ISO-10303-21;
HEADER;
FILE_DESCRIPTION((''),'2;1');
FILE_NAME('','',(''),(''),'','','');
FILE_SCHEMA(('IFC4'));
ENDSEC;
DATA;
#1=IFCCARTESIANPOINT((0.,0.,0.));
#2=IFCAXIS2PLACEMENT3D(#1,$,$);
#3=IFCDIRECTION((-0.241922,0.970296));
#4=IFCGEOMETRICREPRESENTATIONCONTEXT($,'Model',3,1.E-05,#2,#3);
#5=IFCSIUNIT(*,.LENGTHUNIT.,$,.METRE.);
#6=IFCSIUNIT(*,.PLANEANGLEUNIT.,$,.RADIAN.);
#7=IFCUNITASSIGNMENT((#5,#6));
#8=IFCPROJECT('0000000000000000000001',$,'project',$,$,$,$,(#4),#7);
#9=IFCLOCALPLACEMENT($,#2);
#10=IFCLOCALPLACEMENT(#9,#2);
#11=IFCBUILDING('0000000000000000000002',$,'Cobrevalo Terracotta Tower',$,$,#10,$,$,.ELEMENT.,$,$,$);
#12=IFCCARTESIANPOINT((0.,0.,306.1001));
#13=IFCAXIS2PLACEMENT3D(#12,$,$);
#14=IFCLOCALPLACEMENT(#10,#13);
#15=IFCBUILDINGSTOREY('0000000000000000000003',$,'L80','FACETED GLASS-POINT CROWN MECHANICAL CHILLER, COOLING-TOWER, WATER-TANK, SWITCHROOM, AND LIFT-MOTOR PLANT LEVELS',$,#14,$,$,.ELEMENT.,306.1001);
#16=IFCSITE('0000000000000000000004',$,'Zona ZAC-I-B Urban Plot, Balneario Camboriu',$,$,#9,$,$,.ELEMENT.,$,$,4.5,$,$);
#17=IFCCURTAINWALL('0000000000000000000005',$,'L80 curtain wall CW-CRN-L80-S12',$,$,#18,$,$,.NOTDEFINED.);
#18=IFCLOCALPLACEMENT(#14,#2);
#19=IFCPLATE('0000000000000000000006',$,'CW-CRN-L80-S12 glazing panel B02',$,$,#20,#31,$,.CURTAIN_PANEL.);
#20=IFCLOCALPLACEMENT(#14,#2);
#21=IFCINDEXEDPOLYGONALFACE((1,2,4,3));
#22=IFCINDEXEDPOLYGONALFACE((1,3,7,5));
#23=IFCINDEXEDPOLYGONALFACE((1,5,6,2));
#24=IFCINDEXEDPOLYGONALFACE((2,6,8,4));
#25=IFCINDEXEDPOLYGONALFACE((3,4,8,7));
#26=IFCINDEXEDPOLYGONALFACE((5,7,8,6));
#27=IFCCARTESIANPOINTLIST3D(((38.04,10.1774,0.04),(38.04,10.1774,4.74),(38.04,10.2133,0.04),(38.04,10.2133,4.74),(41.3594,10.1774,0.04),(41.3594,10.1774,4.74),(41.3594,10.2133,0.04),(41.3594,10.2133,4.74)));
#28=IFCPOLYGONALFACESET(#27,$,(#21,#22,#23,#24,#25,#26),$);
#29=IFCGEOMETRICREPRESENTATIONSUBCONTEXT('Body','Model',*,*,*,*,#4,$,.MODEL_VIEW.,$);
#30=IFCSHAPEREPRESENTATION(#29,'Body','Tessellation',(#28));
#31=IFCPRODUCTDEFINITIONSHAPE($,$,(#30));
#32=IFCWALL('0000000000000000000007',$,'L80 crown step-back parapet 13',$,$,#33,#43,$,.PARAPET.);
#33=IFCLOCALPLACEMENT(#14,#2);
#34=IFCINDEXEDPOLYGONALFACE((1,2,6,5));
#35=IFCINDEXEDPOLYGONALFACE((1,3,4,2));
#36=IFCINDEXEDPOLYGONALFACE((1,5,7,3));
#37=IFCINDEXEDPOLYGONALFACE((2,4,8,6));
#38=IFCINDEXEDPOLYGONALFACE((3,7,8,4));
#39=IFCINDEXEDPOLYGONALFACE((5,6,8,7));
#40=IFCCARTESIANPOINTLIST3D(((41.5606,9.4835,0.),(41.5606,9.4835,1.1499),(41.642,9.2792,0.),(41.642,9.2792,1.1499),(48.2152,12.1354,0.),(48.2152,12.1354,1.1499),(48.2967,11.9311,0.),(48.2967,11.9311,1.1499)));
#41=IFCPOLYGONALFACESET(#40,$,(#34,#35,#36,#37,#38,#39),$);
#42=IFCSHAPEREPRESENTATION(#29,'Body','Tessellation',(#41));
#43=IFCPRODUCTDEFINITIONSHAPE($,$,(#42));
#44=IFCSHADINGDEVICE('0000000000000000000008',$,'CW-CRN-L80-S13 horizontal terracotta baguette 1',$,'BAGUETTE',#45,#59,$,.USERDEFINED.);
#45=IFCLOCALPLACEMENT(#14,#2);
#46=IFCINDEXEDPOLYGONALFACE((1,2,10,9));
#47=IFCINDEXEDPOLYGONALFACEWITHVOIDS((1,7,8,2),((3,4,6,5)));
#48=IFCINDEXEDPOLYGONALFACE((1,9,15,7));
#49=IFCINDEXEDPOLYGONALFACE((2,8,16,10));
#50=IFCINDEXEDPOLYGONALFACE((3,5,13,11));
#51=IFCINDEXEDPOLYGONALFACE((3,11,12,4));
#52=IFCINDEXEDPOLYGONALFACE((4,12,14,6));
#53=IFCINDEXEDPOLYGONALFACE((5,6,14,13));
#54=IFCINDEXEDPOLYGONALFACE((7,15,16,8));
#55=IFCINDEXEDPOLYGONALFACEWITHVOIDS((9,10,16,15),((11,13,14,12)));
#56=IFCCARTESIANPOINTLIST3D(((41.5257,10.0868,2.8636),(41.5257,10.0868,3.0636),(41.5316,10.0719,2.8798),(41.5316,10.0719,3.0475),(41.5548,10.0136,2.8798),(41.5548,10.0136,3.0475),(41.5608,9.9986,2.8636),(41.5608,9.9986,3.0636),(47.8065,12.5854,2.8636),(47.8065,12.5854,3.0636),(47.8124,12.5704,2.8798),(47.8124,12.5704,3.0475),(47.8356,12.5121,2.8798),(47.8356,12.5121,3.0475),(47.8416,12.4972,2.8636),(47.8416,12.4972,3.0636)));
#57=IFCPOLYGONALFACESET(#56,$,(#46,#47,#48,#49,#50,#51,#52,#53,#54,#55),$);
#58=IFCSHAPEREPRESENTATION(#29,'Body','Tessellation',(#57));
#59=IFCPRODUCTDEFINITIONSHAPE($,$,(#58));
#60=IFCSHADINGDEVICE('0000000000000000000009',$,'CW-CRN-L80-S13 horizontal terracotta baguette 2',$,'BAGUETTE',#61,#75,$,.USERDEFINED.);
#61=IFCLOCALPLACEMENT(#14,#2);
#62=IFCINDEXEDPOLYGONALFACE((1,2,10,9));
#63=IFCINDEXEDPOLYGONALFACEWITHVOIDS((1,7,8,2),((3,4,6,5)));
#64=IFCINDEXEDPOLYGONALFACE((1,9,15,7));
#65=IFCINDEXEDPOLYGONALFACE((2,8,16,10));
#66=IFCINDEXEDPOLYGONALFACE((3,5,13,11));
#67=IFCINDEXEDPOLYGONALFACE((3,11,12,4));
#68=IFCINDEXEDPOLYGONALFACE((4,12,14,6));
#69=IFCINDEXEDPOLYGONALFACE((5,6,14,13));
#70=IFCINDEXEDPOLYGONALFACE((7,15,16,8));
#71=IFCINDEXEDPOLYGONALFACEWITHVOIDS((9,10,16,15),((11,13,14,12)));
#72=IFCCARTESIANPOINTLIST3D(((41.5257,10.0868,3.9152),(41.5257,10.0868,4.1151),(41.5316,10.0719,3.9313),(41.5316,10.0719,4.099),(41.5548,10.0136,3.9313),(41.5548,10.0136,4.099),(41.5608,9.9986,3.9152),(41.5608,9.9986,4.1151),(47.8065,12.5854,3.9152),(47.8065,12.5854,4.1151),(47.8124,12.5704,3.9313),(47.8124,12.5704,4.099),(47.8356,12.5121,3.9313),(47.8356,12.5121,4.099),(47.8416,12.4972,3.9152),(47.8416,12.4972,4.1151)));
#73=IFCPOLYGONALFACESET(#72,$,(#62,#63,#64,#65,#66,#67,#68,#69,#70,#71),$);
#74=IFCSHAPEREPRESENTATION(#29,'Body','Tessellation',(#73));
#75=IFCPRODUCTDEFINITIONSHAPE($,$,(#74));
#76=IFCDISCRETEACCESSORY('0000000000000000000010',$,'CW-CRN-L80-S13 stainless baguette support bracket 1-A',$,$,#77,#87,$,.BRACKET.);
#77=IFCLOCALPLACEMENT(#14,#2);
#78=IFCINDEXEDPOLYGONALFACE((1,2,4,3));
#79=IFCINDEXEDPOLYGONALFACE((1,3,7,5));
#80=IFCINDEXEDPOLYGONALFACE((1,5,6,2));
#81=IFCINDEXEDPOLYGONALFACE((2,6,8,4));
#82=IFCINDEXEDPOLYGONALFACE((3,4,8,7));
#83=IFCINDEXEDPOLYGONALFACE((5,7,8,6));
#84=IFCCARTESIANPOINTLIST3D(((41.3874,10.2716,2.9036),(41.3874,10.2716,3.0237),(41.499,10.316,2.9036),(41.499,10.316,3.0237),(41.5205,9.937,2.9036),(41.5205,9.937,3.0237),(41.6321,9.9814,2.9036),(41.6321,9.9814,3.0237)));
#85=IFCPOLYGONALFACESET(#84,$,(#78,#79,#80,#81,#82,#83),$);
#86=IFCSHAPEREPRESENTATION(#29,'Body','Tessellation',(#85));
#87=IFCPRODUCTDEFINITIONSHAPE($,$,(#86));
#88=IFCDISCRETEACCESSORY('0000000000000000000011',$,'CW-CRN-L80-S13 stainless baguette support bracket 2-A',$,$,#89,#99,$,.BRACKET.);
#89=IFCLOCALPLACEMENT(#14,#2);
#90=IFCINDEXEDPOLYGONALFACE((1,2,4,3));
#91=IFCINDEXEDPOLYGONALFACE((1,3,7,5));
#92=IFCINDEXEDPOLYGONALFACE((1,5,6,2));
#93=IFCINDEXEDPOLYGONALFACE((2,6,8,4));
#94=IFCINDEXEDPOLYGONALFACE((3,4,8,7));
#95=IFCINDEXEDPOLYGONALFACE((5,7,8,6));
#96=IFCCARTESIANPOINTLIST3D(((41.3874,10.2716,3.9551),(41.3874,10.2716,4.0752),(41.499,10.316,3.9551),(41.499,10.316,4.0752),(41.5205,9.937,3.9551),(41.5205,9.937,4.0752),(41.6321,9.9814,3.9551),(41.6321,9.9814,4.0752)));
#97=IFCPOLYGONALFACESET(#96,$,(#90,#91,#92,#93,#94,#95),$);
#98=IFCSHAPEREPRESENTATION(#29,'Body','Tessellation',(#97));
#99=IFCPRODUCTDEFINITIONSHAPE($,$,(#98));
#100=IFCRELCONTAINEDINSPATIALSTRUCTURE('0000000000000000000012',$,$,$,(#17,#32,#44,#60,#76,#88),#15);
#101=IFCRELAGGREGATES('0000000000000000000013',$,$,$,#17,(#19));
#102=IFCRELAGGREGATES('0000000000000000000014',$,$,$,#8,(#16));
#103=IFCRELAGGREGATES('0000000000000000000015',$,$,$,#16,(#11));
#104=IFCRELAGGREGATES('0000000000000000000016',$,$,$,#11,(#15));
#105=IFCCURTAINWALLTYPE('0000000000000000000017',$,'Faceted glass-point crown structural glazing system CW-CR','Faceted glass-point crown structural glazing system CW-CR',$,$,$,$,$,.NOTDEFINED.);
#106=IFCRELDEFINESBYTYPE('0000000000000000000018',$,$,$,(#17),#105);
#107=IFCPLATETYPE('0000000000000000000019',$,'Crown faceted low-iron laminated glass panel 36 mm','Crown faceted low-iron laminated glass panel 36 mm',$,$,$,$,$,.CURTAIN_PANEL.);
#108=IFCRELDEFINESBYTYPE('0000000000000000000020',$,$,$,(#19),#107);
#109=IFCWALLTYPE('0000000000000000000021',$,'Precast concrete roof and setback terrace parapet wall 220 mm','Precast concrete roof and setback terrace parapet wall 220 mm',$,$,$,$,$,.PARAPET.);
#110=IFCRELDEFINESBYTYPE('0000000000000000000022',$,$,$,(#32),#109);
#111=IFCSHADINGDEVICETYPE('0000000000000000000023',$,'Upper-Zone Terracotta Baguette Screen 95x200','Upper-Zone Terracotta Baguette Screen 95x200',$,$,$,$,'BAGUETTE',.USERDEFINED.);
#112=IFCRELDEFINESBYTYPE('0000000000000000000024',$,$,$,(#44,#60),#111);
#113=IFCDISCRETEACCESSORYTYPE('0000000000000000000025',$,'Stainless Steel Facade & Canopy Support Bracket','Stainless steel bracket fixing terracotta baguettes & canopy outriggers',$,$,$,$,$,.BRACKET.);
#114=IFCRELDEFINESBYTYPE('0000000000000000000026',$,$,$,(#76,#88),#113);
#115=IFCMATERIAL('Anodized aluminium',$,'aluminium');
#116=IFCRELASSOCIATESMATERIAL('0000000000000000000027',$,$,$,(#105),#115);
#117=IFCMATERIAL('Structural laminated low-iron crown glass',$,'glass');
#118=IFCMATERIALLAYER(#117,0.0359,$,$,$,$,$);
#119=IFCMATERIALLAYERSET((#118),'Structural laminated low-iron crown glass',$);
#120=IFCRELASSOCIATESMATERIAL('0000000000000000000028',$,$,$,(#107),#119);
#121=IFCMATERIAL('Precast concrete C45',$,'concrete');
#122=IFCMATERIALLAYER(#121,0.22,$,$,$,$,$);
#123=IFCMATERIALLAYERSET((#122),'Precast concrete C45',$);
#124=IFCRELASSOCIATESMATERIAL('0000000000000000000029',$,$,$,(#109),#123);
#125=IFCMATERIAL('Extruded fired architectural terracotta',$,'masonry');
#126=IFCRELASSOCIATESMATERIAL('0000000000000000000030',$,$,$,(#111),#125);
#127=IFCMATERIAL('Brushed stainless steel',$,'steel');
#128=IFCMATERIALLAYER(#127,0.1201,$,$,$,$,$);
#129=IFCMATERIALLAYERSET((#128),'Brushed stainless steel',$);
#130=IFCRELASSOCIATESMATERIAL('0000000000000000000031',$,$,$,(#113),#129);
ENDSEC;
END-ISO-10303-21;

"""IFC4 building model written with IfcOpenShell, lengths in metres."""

from ifc_helpers import new_model, si_unit, direction, frame, frame_2d, origin, origin_2d, place, context, subcontext, project, spatial, rectangle, hollow_rectangle, extrude, source, transform, mapped, material, layer, layer_set, material_profile, profile_set, type_object, element, aggregate, save


model = new_model("IFC4")

# Units and contexts
model_context = context("Model", 3, precision=1e-05, world=origin(), true_north=direction((-0.241922, 0.970296)))
body_context = subcontext(model_context, "Body", "Model", "MODEL_VIEW")
ifc_project = project(units=[si_unit("LENGTHUNIT", "METRE"), si_unit("PLANEANGLEUNIT", "RADIAN")], contexts=[model_context])

# Site, building, storey
site_placement = place(None, origin())
site = spatial("IfcSite", under=ifc_project, at=site_placement, Name="Zona ZAC-I-B Urban Plot, Balneario Camboriu", CompositionType="ELEMENT", RefElevation=4.5)
building_placement = place(site_placement, origin())
building = spatial("IfcBuilding", under=site, at=building_placement, Name="Cobrevalo Terracotta Tower", CompositionType="ELEMENT")
storey_placement = place(building_placement, frame((0.0, 0.0, 306.1001)))
storey = spatial("IfcBuildingStorey", under=building, at=storey_placement, Name="L80", Description="FACETED GLASS-POINT CROWN MECHANICAL CHILLER, COOLING-TOWER, WATER-TANK, SWITCHROOM, AND LIFT-MOTOR PLANT LEVELS", CompositionType="ELEMENT", Elevation=306.1001)

# Curtain wall
ifc_material_1 = material(Name="Anodized aluminium", Category="aluminium")
curtain_wall_type = type_object("IfcCurtainWallType", Name="Faceted glass-point crown structural glazing system CW-CR", Description="Faceted glass-point crown structural glazing system CW-CR", PredefinedType="NOTDEFINED", material=ifc_material_1)
curtain_wall_1_placement = place(storey_placement, origin())
curtain_wall_1 = element("IfcCurtainWall", 1, at=curtain_wall_1_placement, inside=storey, type_object=curtain_wall_type, Name="L80 curtain wall CW-CRN-L80-S12", PredefinedType="NOTDEFINED")

# Plate
ifc_material_2 = material(Name="Structural laminated low-iron crown glass", Category="glass")
ifc_layer_1 = layer(ifc_material_2, 0.0359)
ifc_layer_set_1 = layer_set([ifc_layer_1], Name="Structural laminated low-iron crown glass")
plate_type = type_object("IfcPlateType", Name="Crown faceted low-iron laminated glass panel 36 mm", Description="Crown faceted low-iron laminated glass panel 36 mm", PredefinedType="CURTAIN_PANEL", material=ifc_layer_set_1)
shared_shape_1 = source(origin(), body_context, "Body", "SweptSolid", [
    extrude(rectangle(XDim=3.3193, YDim=0.0359, at=origin_2d()), origin(), (0.0, 0.0, 1.0), 4.7),
])
plate_1_placement = place(storey_placement, frame((39.6997, 10.1953, 0.04), z_axis=(0.0, 0.0, 1.0), x_axis=(1.0, 0.0, 0.0)))
plate_1 = element("IfcPlate", 2, at=plate_1_placement, type_object=plate_type, Name="CW-CRN-L80-S12 glazing panel B02", PredefinedType="CURTAIN_PANEL", context=body_context, shape_type="MappedRepresentation", body=[
    mapped(shared_shape_1, transform((0.0, 0.0, 0.0), scale=1.0)),
])
aggregate(curtain_wall_1, [plate_1])

# Wall
ifc_material_3 = material(Name="Precast concrete C45", Category="concrete")
ifc_layer_2 = layer(ifc_material_3, 0.22)
ifc_layer_set_2 = layer_set([ifc_layer_2], Name="Precast concrete C45")
wall_type = type_object("IfcWallType", Name="Precast concrete roof and setback terrace parapet wall 220 mm", Description="Precast concrete roof and setback terrace parapet wall 220 mm", PredefinedType="PARAPET", material=ifc_layer_set_2)
wall_placement = place(storey_placement, frame((41.6013, 9.3813, 0.0), z_axis=(0.0, 0.0, 1.0), x_axis=(0.928955, 0.370192, 0.0)))
element("IfcWall", 3, at=wall_placement, inside=storey, type_object=wall_type, Name="L80 crown step-back parapet 13", PredefinedType="PARAPET", context=body_context, shape_type="SweptSolid", body=[
    extrude(rectangle(XDim=7.1636, YDim=0.22, at=frame_2d((3.5818, 0.0))), origin(), (0.0, 0.0, 1.0), 1.1499),
])

# Shading devices
ifc_material_4 = material(Name="Extruded fired architectural terracotta", Category="masonry")
ifc_material_profile_1 = material_profile(ifc_material_4, hollow_rectangle(XDim=0.095, YDim=0.2, WallThickness=0.0161, at=origin_2d()), Name="BAGUETTE 95x200")
ifc_profile_set_1 = profile_set([ifc_material_profile_1], Name="Extruded fired architectural terracotta")
shading_device_type = type_object("IfcShadingDeviceType", Name="Upper-Zone Terracotta Baguette Screen 95x200", Description="Upper-Zone Terracotta Baguette Screen 95x200", ElementType="BAGUETTE", PredefinedType="USERDEFINED", material=ifc_profile_set_1)
shared_shape_2 = source(origin(), body_context, "Body", "SweptSolid", [
    extrude(hollow_rectangle(XDim=0.095, YDim=0.2, WallThickness=0.0161, at=origin_2d()), origin(), (0.0, 0.0, 1.0), 6.7595),
])
for number, where, z_axis, x_axis, name in (
    (4, (41.5432, 10.0427, 2.9636), (0.929177, 0.369634, 0.0), (-0.369634, 0.929177, 0.0), "CW-CRN-L80-S13 horizontal terracotta baguette 1"),
    (5, (41.5432, 10.0427, 4.0151), (0.929177, 0.369634, 0.0), (-0.369634, 0.929177, 0.0), "CW-CRN-L80-S13 horizontal terracotta baguette 2"),
):
    element("IfcShadingDevice", number, at=place(storey_placement, frame(where, z_axis=z_axis, x_axis=x_axis)), inside=storey, type_object=shading_device_type, Name=name, ObjectType="BAGUETTE", PredefinedType="USERDEFINED", context=body_context, shape_type="MappedRepresentation", body=[
        mapped(shared_shape_2, transform((0.0, 0.0, 0.0), scale=1.0)),
    ])

# Discrete accessories
ifc_material_5 = material(Name="Brushed stainless steel", Category="steel")
ifc_layer_3 = layer(ifc_material_5, 0.1201)
ifc_layer_set_3 = layer_set([ifc_layer_3], Name="Brushed stainless steel")
discrete_accessory_type = type_object("IfcDiscreteAccessoryType", Name="Stainless Steel Facade & Canopy Support Bracket", Description="Stainless steel bracket fixing terracotta baguettes & canopy outriggers", PredefinedType="BRACKET", material=ifc_layer_set_3)
shared_shape_3 = source(origin(), body_context, "Body", "SweptSolid", [
    extrude(rectangle(XDim=0.1201, YDim=0.3601, at=origin_2d()), origin(), (0.0, 0.0, 1.0), 0.1201),
])
for number, where, z_axis, x_axis, name in (
    (6, (41.5098, 10.1265, 2.9036), (0.0, 0.0, 1.0), (0.929191, 0.369601, 0.0), "CW-CRN-L80-S13 stainless baguette support bracket 1-A"),
    (7, (41.5098, 10.1265, 3.9551), (0.0, 0.0, 1.0), (0.929191, 0.369601, 0.0), "CW-CRN-L80-S13 stainless baguette support bracket 2-A"),
):
    element("IfcDiscreteAccessory", number, at=place(storey_placement, frame(where, z_axis=z_axis, x_axis=x_axis)), inside=storey, type_object=discrete_accessory_type, Name=name, PredefinedType="BRACKET", context=body_context, shape_type="MappedRepresentation", body=[
        mapped(shared_shape_3, transform((0.0, 0.0, 0.0), scale=1.0)),
    ])

save(model, "model.ifc")
